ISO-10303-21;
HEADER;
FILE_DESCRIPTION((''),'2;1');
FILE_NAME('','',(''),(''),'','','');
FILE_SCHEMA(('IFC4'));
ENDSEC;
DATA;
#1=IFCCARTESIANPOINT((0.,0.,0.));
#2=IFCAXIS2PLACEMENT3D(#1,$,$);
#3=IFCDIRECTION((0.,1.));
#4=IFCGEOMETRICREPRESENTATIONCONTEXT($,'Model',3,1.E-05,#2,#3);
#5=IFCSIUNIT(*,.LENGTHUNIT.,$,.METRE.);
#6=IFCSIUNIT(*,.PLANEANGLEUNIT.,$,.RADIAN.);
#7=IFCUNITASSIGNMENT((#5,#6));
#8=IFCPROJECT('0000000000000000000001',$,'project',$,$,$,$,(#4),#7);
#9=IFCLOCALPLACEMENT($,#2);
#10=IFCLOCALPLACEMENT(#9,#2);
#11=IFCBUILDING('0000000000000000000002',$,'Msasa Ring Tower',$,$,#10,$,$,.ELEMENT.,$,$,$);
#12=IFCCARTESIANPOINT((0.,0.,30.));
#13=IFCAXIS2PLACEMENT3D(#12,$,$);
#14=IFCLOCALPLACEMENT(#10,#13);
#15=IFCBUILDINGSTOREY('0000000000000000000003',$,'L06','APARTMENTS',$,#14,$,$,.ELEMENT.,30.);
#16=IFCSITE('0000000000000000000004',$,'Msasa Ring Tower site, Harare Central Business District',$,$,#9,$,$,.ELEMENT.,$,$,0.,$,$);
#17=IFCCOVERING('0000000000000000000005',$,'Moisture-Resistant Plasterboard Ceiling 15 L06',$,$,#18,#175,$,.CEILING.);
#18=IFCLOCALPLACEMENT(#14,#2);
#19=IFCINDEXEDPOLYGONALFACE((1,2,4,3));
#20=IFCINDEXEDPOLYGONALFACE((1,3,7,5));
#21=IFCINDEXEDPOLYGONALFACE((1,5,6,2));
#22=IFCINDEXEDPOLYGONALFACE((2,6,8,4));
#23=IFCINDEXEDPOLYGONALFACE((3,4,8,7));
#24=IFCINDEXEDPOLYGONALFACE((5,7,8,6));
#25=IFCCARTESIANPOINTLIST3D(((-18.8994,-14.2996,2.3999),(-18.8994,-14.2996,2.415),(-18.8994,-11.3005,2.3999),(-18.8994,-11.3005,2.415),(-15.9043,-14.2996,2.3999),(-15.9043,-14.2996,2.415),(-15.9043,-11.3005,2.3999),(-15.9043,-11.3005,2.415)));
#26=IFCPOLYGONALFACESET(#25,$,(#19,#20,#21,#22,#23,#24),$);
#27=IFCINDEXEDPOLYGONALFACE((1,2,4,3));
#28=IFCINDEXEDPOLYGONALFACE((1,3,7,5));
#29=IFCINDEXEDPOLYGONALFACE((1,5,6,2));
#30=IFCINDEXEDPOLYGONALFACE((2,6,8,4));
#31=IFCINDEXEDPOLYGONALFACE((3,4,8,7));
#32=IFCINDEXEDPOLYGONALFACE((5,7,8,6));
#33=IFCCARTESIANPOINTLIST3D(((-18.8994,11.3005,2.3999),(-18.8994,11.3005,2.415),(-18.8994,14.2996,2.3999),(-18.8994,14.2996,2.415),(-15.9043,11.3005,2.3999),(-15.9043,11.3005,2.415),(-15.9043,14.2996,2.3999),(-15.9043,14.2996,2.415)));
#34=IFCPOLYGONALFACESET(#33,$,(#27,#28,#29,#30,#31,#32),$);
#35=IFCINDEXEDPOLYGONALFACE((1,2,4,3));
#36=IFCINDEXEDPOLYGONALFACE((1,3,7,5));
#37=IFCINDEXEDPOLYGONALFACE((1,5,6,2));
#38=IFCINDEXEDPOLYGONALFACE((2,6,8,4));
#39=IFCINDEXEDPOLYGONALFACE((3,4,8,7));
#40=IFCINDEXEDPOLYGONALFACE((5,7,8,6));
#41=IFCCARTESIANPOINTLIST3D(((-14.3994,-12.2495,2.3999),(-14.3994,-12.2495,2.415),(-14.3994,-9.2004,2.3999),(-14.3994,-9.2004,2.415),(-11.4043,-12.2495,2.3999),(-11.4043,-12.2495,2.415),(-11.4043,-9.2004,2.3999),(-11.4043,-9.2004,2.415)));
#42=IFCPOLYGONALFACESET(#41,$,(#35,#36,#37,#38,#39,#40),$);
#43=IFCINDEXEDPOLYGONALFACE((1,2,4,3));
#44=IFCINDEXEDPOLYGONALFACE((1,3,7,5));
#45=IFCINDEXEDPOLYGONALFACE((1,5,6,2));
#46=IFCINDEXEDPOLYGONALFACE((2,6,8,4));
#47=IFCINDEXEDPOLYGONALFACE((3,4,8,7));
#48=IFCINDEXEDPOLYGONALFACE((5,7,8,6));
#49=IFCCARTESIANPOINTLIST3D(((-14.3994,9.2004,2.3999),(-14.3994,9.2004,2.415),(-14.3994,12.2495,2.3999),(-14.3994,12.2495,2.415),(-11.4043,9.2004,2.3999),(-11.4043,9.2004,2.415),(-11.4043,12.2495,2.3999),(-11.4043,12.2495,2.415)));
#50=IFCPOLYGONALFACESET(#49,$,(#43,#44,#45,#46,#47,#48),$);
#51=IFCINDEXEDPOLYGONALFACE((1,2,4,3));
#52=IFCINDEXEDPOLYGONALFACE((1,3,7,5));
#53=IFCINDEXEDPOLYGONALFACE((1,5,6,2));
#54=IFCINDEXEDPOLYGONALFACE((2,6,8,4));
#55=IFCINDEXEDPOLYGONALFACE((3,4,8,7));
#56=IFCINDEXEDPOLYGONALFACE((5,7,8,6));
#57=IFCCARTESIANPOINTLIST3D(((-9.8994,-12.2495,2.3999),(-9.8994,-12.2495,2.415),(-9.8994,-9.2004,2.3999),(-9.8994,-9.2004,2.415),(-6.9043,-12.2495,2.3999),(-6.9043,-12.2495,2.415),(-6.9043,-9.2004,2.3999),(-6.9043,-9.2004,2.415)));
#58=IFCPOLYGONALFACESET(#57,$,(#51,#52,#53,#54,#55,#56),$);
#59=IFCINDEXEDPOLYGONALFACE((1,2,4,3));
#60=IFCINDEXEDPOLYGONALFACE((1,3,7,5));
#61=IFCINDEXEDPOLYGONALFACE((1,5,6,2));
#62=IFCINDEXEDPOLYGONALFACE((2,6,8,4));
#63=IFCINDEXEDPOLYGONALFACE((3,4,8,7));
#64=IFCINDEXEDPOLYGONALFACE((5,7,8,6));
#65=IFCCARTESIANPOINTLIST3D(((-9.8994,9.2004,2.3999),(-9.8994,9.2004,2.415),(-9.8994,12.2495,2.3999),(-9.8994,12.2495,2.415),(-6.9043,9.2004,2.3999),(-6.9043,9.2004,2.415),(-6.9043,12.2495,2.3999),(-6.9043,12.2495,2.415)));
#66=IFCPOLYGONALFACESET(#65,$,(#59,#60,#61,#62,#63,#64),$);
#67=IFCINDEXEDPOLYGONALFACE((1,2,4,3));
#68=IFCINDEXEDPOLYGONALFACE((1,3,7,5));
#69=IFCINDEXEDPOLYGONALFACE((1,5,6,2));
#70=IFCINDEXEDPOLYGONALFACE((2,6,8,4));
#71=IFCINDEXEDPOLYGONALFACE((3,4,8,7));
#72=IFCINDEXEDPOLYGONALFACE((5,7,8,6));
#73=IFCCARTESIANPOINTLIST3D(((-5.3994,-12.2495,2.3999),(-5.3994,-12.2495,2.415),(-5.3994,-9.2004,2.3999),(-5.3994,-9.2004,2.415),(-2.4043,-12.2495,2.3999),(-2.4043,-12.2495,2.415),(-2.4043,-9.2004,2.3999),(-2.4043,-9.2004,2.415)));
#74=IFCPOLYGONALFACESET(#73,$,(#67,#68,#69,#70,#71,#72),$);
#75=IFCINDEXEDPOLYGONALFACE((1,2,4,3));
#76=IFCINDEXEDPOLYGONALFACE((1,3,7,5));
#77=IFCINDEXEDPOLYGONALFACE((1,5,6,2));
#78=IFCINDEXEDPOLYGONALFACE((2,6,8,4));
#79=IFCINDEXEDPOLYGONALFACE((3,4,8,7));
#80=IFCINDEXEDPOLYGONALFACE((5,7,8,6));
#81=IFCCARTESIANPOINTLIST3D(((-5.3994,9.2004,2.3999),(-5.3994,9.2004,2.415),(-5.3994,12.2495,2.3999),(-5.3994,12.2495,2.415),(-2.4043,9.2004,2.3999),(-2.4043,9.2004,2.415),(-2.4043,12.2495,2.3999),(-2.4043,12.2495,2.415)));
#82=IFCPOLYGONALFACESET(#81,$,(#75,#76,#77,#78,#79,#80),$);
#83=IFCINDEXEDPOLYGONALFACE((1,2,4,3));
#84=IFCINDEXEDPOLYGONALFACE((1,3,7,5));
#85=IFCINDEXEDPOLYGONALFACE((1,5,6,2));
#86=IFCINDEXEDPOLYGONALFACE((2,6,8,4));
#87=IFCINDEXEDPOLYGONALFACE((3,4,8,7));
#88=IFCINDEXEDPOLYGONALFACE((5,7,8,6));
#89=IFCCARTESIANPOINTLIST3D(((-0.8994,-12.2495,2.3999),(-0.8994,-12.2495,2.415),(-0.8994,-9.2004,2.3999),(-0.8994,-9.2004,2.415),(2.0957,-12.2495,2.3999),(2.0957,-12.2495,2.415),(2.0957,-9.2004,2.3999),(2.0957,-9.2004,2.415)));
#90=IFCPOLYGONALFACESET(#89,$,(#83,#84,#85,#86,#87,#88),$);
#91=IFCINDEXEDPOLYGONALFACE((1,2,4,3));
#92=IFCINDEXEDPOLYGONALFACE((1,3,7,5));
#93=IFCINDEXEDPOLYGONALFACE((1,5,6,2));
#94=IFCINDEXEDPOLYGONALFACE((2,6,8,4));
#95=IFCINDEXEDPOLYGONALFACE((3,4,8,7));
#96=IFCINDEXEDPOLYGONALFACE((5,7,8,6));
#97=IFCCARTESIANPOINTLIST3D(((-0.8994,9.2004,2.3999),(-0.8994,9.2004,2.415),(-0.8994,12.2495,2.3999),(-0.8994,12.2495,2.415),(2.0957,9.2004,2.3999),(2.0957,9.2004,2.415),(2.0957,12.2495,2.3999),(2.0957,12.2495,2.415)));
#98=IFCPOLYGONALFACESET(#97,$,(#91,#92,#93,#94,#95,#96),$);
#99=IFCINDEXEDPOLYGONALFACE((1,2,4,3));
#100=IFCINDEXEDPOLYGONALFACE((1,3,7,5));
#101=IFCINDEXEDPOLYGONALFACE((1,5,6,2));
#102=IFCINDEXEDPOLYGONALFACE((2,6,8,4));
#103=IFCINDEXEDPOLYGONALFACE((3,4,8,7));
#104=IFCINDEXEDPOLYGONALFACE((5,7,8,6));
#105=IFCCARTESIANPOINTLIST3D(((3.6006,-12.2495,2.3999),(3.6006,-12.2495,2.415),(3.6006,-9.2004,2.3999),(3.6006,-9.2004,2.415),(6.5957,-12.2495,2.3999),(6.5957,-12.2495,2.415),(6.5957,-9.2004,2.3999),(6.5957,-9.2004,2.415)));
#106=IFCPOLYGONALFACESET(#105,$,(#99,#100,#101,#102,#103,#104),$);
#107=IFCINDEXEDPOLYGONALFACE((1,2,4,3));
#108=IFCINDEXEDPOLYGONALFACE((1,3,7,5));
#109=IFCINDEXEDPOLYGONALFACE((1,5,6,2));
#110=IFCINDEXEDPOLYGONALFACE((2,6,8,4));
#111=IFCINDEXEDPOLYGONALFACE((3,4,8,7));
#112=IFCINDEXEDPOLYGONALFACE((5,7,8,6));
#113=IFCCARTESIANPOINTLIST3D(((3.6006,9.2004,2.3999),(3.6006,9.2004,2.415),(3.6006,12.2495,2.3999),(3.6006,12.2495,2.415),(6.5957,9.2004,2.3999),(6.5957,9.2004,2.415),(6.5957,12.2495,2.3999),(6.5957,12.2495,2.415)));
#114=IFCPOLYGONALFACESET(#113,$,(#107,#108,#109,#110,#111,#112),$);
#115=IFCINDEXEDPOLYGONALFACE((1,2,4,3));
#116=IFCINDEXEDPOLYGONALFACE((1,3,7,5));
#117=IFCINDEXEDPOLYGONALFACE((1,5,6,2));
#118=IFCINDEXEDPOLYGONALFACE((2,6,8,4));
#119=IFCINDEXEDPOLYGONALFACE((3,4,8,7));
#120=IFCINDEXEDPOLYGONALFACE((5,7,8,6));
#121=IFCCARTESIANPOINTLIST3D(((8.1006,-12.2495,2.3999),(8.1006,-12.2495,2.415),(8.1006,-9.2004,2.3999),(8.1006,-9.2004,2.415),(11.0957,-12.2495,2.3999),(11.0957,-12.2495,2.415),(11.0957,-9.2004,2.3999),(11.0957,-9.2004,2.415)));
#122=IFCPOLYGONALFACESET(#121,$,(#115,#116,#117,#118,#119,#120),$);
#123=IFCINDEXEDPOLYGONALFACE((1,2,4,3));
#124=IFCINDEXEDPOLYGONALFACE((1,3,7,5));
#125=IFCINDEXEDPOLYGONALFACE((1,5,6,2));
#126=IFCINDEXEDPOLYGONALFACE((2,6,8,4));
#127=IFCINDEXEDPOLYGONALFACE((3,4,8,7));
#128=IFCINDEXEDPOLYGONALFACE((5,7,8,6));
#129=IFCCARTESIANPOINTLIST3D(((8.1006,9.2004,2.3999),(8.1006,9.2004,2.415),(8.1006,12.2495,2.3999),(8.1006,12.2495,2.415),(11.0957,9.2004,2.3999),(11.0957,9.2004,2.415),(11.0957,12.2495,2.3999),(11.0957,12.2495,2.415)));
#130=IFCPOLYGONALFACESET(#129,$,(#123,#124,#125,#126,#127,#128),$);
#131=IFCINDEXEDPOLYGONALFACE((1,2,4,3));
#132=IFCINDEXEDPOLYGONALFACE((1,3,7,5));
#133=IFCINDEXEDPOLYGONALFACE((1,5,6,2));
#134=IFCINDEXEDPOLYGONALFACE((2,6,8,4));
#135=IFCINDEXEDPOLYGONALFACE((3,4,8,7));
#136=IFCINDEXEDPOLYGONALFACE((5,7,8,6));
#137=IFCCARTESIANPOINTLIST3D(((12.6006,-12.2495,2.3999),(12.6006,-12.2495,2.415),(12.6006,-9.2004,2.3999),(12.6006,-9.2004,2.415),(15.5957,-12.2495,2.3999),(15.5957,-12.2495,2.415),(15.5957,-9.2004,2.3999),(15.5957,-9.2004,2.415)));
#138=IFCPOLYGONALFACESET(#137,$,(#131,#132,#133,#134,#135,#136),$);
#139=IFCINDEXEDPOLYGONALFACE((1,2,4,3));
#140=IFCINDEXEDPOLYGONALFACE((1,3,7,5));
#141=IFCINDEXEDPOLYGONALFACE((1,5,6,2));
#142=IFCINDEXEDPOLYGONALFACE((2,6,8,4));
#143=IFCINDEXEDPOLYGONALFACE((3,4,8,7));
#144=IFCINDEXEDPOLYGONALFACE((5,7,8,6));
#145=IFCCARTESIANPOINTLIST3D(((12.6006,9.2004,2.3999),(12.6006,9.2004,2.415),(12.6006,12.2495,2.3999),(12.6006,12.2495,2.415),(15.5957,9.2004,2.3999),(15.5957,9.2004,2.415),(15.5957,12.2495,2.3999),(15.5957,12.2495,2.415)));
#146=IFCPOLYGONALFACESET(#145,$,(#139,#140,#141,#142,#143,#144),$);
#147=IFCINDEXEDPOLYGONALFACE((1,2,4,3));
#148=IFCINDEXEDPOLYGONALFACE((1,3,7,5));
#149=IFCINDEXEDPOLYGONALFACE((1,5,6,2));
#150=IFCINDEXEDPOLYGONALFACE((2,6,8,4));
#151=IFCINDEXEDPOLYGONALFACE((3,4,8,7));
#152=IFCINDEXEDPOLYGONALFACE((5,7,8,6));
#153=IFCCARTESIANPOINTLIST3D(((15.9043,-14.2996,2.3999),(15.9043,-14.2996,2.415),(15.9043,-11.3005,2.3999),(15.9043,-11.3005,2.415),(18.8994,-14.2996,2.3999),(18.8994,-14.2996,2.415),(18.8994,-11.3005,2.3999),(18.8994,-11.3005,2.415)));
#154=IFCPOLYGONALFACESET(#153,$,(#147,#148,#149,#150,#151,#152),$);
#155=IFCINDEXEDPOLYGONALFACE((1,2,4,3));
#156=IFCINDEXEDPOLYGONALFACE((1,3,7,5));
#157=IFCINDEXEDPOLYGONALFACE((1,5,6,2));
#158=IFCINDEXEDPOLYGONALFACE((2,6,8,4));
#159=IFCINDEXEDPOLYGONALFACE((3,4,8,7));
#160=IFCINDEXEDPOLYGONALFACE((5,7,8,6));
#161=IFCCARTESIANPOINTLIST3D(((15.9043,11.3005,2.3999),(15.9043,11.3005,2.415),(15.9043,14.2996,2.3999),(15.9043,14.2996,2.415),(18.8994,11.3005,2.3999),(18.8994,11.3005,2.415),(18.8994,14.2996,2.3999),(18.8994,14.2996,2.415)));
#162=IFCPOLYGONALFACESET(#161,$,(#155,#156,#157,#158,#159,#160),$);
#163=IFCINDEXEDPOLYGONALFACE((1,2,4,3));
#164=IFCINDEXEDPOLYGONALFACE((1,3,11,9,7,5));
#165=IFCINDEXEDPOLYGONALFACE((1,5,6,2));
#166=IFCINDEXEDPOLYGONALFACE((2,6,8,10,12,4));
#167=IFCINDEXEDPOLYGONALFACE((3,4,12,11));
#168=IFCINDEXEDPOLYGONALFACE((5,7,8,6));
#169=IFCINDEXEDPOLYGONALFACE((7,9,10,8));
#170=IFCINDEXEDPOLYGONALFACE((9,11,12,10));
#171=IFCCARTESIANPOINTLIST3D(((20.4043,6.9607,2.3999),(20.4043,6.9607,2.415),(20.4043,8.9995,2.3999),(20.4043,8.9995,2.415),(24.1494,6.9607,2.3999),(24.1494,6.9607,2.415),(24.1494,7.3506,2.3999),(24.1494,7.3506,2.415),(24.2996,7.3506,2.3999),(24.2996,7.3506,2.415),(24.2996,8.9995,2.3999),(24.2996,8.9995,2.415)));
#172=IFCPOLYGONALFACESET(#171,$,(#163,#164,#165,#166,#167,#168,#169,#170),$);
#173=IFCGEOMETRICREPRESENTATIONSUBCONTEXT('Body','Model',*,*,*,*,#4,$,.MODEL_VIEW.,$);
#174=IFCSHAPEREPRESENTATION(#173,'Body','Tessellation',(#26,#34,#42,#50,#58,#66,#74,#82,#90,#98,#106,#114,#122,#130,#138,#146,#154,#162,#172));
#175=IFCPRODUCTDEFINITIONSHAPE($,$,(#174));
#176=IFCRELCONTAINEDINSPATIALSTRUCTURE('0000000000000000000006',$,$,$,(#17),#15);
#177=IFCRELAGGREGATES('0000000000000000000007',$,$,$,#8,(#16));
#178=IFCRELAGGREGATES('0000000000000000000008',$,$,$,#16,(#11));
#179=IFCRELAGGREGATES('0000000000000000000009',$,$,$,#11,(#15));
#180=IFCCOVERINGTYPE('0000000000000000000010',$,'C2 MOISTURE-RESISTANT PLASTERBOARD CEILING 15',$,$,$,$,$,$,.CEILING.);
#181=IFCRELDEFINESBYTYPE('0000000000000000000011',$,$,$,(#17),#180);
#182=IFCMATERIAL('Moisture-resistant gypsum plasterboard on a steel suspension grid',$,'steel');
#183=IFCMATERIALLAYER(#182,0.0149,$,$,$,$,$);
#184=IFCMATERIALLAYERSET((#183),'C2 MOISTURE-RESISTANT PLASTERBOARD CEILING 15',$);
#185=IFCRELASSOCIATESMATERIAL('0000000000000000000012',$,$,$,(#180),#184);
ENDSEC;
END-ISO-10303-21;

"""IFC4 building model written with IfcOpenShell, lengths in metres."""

from ifc_helpers import new_model, si_unit, direction, frame, origin, place, context, subcontext, project, spatial, line, indexed_curve, outline, extrude, material, layer, layer_set, type_object, element, save


model = new_model("IFC4")

# Units and contexts
model_context = context("Model", 3, precision=1e-05, world=origin(), true_north=direction((0.0, 1.0)))
body_context = subcontext(model_context, "Body", "Model", "MODEL_VIEW")
ifc_project = project(units=[si_unit("LENGTHUNIT", "METRE"), si_unit("PLANEANGLEUNIT", "RADIAN")], contexts=[model_context])

# Site, building, storey
site_placement = place(None, origin())
site = spatial("IfcSite", under=ifc_project, at=site_placement, Name="Msasa Ring Tower site, Harare Central Business District", CompositionType="ELEMENT", RefElevation=0.0)
building_placement = place(site_placement, origin())
building = spatial("IfcBuilding", under=site, at=building_placement, Name="Msasa Ring Tower", CompositionType="ELEMENT")
storey_placement = place(building_placement, frame((0.0, 0.0, 30.0)))
storey = spatial("IfcBuildingStorey", under=building, at=storey_placement, Name="L06", Description="APARTMENTS", CompositionType="ELEMENT", Elevation=30.0)

# Covering
ifc_material_1 = material(Name="Moisture-resistant gypsum plasterboard on a steel suspension grid", Category="steel")
ifc_layer_1 = layer(ifc_material_1, 0.0149)
ifc_layer_set_1 = layer_set([ifc_layer_1], Name="C2 MOISTURE-RESISTANT PLASTERBOARD CEILING 15")
covering_type_1 = type_object("IfcCoveringType", Name="C2 MOISTURE-RESISTANT PLASTERBOARD CEILING 15", PredefinedType="CEILING", material=ifc_layer_set_1)
covering_1_placement = place(storey_placement, frame((0.0, 0.0, 2.3999)))
element("IfcCovering", 1, at=covering_1_placement, inside=storey, type_object=covering_type_1, Name="Moisture-Resistant Plasterboard Ceiling 15 L06", PredefinedType="CEILING", context=body_context, shape_type="SweptSolid", body=[
    extrude(outline(indexed_curve([(-18.8994, -11.3005), (-15.9043, -11.3005), (-15.9043, -14.2996), (-18.8994, -14.2996)], segments=[line(1, 2, 3, 4, 1)], self_intersect=False)), origin(), (0.0, 0.0, 1.0), 0.0151),
    extrude(outline(indexed_curve([(-18.8994, 14.2996), (-15.9043, 14.2996), (-15.9043, 11.3005), (-18.8994, 11.3005)], segments=[line(1, 2, 3, 4, 1)], self_intersect=False)), origin(), (0.0, 0.0, 1.0), 0.0151),
    extrude(outline(indexed_curve([(-14.3994, -9.2004), (-11.4043, -9.2004), (-11.4043, -12.2495), (-14.3994, -12.2495)], segments=[line(1, 2, 3, 4, 1)], self_intersect=False)), origin(), (0.0, 0.0, 1.0), 0.0151),
    extrude(outline(indexed_curve([(-14.3994, 12.2495), (-11.4043, 12.2495), (-11.4043, 9.2004), (-14.3994, 9.2004)], segments=[line(1, 2, 3, 4, 1)], self_intersect=False)), origin(), (0.0, 0.0, 1.0), 0.0151),
    extrude(outline(indexed_curve([(-9.8994, -9.2004), (-6.9043, -9.2004), (-6.9043, -12.2495), (-9.8994, -12.2495)], segments=[line(1, 2, 3, 4, 1)], self_intersect=False)), origin(), (0.0, 0.0, 1.0), 0.0151),
    extrude(outline(indexed_curve([(-9.8994, 12.2495), (-6.9043, 12.2495), (-6.9043, 9.2004), (-9.8994, 9.2004)], segments=[line(1, 2, 3, 4, 1)], self_intersect=False)), origin(), (0.0, 0.0, 1.0), 0.0151),
    extrude(outline(indexed_curve([(-5.3994, -9.2004), (-2.4043, -9.2004), (-2.4043, -12.2495), (-5.3994, -12.2495)], segments=[line(1, 2, 3, 4, 1)], self_intersect=False)), origin(), (0.0, 0.0, 1.0), 0.0151),
    extrude(outline(indexed_curve([(-2.4043, 12.2495), (-2.4043, 9.2004), (-5.3994, 9.2004), (-5.3994, 12.2495)], segments=[line(1, 2, 3, 4, 1)], self_intersect=False)), origin(), (0.0, 0.0, 1.0), 0.0151),
    extrude(outline(indexed_curve([(-0.8994, -9.2004), (2.0957, -9.2004), (2.0957, -12.2495), (-0.8994, -12.2495)], segments=[line(1, 2, 3, 4, 1)], self_intersect=False)), origin(), (0.0, 0.0, 1.0), 0.0151),
    extrude(outline(indexed_curve([(2.0957, 12.2495), (2.0957, 9.2004), (-0.8994, 9.2004), (-0.8994, 12.2495)], segments=[line(1, 2, 3, 4, 1)], self_intersect=False)), origin(), (0.0, 0.0, 1.0), 0.0151),
    extrude(outline(indexed_curve([(3.6006, -9.2004), (6.5957, -9.2004), (6.5957, -12.2495), (3.6006, -12.2495)], segments=[line(1, 2, 3, 4, 1)], self_intersect=False)), origin(), (0.0, 0.0, 1.0), 0.0151),
    extrude(outline(indexed_curve([(3.6006, 12.2495), (6.5957, 12.2495), (6.5957, 9.2004), (3.6006, 9.2004)], segments=[line(1, 2, 3, 4, 1)], self_intersect=False)), origin(), (0.0, 0.0, 1.0), 0.0151),
    extrude(outline(indexed_curve([(11.0957, -9.2004), (11.0957, -12.2495), (8.1006, -12.2495), (8.1006, -9.2004)], segments=[line(1, 2, 3, 4, 1)], self_intersect=False)), origin(), (0.0, 0.0, 1.0), 0.0151),
    extrude(outline(indexed_curve([(8.1006, 12.2495), (11.0957, 12.2495), (11.0957, 9.2004), (8.1006, 9.2004)], segments=[line(1, 2, 3, 4, 1)], self_intersect=False)), origin(), (0.0, 0.0, 1.0), 0.0151),
    extrude(outline(indexed_curve([(15.5957, -9.2004), (15.5957, -12.2495), (12.6006, -12.2495), (12.6006, -9.2004)], segments=[line(1, 2, 3, 4, 1)], self_intersect=False)), origin(), (0.0, 0.0, 1.0), 0.0151),
    extrude(outline(indexed_curve([(15.5957, 12.2495), (15.5957, 9.2004), (12.6006, 9.2004), (12.6006, 12.2495)], segments=[line(1, 2, 3, 4, 1)], self_intersect=False)), origin(), (0.0, 0.0, 1.0), 0.0151),
    extrude(outline(indexed_curve([(18.8994, -11.3005), (18.8994, -14.2996), (15.9043, -14.2996), (15.9043, -11.3005)], segments=[line(1, 2, 3, 4, 1)], self_intersect=False)), origin(), (0.0, 0.0, 1.0), 0.0151),
    extrude(outline(indexed_curve([(18.8994, 14.2996), (18.8994, 11.3005), (15.9043, 11.3005), (15.9043, 14.2996)], segments=[line(1, 2, 3, 4, 1)], self_intersect=False)), origin(), (0.0, 0.0, 1.0), 0.0151),
    extrude(outline(indexed_curve([(24.2996, 8.9995), (24.2996, 7.3506), (24.1494, 7.3506), (24.1494, 6.9607), (20.4043, 6.9607), (20.4043, 8.9995)], segments=[line(1, 2, 3, 4, 5, 6, 1)], self_intersect=False)), origin(), (0.0, 0.0, 1.0), 0.0151),
])

save(model, "model.ifc")
